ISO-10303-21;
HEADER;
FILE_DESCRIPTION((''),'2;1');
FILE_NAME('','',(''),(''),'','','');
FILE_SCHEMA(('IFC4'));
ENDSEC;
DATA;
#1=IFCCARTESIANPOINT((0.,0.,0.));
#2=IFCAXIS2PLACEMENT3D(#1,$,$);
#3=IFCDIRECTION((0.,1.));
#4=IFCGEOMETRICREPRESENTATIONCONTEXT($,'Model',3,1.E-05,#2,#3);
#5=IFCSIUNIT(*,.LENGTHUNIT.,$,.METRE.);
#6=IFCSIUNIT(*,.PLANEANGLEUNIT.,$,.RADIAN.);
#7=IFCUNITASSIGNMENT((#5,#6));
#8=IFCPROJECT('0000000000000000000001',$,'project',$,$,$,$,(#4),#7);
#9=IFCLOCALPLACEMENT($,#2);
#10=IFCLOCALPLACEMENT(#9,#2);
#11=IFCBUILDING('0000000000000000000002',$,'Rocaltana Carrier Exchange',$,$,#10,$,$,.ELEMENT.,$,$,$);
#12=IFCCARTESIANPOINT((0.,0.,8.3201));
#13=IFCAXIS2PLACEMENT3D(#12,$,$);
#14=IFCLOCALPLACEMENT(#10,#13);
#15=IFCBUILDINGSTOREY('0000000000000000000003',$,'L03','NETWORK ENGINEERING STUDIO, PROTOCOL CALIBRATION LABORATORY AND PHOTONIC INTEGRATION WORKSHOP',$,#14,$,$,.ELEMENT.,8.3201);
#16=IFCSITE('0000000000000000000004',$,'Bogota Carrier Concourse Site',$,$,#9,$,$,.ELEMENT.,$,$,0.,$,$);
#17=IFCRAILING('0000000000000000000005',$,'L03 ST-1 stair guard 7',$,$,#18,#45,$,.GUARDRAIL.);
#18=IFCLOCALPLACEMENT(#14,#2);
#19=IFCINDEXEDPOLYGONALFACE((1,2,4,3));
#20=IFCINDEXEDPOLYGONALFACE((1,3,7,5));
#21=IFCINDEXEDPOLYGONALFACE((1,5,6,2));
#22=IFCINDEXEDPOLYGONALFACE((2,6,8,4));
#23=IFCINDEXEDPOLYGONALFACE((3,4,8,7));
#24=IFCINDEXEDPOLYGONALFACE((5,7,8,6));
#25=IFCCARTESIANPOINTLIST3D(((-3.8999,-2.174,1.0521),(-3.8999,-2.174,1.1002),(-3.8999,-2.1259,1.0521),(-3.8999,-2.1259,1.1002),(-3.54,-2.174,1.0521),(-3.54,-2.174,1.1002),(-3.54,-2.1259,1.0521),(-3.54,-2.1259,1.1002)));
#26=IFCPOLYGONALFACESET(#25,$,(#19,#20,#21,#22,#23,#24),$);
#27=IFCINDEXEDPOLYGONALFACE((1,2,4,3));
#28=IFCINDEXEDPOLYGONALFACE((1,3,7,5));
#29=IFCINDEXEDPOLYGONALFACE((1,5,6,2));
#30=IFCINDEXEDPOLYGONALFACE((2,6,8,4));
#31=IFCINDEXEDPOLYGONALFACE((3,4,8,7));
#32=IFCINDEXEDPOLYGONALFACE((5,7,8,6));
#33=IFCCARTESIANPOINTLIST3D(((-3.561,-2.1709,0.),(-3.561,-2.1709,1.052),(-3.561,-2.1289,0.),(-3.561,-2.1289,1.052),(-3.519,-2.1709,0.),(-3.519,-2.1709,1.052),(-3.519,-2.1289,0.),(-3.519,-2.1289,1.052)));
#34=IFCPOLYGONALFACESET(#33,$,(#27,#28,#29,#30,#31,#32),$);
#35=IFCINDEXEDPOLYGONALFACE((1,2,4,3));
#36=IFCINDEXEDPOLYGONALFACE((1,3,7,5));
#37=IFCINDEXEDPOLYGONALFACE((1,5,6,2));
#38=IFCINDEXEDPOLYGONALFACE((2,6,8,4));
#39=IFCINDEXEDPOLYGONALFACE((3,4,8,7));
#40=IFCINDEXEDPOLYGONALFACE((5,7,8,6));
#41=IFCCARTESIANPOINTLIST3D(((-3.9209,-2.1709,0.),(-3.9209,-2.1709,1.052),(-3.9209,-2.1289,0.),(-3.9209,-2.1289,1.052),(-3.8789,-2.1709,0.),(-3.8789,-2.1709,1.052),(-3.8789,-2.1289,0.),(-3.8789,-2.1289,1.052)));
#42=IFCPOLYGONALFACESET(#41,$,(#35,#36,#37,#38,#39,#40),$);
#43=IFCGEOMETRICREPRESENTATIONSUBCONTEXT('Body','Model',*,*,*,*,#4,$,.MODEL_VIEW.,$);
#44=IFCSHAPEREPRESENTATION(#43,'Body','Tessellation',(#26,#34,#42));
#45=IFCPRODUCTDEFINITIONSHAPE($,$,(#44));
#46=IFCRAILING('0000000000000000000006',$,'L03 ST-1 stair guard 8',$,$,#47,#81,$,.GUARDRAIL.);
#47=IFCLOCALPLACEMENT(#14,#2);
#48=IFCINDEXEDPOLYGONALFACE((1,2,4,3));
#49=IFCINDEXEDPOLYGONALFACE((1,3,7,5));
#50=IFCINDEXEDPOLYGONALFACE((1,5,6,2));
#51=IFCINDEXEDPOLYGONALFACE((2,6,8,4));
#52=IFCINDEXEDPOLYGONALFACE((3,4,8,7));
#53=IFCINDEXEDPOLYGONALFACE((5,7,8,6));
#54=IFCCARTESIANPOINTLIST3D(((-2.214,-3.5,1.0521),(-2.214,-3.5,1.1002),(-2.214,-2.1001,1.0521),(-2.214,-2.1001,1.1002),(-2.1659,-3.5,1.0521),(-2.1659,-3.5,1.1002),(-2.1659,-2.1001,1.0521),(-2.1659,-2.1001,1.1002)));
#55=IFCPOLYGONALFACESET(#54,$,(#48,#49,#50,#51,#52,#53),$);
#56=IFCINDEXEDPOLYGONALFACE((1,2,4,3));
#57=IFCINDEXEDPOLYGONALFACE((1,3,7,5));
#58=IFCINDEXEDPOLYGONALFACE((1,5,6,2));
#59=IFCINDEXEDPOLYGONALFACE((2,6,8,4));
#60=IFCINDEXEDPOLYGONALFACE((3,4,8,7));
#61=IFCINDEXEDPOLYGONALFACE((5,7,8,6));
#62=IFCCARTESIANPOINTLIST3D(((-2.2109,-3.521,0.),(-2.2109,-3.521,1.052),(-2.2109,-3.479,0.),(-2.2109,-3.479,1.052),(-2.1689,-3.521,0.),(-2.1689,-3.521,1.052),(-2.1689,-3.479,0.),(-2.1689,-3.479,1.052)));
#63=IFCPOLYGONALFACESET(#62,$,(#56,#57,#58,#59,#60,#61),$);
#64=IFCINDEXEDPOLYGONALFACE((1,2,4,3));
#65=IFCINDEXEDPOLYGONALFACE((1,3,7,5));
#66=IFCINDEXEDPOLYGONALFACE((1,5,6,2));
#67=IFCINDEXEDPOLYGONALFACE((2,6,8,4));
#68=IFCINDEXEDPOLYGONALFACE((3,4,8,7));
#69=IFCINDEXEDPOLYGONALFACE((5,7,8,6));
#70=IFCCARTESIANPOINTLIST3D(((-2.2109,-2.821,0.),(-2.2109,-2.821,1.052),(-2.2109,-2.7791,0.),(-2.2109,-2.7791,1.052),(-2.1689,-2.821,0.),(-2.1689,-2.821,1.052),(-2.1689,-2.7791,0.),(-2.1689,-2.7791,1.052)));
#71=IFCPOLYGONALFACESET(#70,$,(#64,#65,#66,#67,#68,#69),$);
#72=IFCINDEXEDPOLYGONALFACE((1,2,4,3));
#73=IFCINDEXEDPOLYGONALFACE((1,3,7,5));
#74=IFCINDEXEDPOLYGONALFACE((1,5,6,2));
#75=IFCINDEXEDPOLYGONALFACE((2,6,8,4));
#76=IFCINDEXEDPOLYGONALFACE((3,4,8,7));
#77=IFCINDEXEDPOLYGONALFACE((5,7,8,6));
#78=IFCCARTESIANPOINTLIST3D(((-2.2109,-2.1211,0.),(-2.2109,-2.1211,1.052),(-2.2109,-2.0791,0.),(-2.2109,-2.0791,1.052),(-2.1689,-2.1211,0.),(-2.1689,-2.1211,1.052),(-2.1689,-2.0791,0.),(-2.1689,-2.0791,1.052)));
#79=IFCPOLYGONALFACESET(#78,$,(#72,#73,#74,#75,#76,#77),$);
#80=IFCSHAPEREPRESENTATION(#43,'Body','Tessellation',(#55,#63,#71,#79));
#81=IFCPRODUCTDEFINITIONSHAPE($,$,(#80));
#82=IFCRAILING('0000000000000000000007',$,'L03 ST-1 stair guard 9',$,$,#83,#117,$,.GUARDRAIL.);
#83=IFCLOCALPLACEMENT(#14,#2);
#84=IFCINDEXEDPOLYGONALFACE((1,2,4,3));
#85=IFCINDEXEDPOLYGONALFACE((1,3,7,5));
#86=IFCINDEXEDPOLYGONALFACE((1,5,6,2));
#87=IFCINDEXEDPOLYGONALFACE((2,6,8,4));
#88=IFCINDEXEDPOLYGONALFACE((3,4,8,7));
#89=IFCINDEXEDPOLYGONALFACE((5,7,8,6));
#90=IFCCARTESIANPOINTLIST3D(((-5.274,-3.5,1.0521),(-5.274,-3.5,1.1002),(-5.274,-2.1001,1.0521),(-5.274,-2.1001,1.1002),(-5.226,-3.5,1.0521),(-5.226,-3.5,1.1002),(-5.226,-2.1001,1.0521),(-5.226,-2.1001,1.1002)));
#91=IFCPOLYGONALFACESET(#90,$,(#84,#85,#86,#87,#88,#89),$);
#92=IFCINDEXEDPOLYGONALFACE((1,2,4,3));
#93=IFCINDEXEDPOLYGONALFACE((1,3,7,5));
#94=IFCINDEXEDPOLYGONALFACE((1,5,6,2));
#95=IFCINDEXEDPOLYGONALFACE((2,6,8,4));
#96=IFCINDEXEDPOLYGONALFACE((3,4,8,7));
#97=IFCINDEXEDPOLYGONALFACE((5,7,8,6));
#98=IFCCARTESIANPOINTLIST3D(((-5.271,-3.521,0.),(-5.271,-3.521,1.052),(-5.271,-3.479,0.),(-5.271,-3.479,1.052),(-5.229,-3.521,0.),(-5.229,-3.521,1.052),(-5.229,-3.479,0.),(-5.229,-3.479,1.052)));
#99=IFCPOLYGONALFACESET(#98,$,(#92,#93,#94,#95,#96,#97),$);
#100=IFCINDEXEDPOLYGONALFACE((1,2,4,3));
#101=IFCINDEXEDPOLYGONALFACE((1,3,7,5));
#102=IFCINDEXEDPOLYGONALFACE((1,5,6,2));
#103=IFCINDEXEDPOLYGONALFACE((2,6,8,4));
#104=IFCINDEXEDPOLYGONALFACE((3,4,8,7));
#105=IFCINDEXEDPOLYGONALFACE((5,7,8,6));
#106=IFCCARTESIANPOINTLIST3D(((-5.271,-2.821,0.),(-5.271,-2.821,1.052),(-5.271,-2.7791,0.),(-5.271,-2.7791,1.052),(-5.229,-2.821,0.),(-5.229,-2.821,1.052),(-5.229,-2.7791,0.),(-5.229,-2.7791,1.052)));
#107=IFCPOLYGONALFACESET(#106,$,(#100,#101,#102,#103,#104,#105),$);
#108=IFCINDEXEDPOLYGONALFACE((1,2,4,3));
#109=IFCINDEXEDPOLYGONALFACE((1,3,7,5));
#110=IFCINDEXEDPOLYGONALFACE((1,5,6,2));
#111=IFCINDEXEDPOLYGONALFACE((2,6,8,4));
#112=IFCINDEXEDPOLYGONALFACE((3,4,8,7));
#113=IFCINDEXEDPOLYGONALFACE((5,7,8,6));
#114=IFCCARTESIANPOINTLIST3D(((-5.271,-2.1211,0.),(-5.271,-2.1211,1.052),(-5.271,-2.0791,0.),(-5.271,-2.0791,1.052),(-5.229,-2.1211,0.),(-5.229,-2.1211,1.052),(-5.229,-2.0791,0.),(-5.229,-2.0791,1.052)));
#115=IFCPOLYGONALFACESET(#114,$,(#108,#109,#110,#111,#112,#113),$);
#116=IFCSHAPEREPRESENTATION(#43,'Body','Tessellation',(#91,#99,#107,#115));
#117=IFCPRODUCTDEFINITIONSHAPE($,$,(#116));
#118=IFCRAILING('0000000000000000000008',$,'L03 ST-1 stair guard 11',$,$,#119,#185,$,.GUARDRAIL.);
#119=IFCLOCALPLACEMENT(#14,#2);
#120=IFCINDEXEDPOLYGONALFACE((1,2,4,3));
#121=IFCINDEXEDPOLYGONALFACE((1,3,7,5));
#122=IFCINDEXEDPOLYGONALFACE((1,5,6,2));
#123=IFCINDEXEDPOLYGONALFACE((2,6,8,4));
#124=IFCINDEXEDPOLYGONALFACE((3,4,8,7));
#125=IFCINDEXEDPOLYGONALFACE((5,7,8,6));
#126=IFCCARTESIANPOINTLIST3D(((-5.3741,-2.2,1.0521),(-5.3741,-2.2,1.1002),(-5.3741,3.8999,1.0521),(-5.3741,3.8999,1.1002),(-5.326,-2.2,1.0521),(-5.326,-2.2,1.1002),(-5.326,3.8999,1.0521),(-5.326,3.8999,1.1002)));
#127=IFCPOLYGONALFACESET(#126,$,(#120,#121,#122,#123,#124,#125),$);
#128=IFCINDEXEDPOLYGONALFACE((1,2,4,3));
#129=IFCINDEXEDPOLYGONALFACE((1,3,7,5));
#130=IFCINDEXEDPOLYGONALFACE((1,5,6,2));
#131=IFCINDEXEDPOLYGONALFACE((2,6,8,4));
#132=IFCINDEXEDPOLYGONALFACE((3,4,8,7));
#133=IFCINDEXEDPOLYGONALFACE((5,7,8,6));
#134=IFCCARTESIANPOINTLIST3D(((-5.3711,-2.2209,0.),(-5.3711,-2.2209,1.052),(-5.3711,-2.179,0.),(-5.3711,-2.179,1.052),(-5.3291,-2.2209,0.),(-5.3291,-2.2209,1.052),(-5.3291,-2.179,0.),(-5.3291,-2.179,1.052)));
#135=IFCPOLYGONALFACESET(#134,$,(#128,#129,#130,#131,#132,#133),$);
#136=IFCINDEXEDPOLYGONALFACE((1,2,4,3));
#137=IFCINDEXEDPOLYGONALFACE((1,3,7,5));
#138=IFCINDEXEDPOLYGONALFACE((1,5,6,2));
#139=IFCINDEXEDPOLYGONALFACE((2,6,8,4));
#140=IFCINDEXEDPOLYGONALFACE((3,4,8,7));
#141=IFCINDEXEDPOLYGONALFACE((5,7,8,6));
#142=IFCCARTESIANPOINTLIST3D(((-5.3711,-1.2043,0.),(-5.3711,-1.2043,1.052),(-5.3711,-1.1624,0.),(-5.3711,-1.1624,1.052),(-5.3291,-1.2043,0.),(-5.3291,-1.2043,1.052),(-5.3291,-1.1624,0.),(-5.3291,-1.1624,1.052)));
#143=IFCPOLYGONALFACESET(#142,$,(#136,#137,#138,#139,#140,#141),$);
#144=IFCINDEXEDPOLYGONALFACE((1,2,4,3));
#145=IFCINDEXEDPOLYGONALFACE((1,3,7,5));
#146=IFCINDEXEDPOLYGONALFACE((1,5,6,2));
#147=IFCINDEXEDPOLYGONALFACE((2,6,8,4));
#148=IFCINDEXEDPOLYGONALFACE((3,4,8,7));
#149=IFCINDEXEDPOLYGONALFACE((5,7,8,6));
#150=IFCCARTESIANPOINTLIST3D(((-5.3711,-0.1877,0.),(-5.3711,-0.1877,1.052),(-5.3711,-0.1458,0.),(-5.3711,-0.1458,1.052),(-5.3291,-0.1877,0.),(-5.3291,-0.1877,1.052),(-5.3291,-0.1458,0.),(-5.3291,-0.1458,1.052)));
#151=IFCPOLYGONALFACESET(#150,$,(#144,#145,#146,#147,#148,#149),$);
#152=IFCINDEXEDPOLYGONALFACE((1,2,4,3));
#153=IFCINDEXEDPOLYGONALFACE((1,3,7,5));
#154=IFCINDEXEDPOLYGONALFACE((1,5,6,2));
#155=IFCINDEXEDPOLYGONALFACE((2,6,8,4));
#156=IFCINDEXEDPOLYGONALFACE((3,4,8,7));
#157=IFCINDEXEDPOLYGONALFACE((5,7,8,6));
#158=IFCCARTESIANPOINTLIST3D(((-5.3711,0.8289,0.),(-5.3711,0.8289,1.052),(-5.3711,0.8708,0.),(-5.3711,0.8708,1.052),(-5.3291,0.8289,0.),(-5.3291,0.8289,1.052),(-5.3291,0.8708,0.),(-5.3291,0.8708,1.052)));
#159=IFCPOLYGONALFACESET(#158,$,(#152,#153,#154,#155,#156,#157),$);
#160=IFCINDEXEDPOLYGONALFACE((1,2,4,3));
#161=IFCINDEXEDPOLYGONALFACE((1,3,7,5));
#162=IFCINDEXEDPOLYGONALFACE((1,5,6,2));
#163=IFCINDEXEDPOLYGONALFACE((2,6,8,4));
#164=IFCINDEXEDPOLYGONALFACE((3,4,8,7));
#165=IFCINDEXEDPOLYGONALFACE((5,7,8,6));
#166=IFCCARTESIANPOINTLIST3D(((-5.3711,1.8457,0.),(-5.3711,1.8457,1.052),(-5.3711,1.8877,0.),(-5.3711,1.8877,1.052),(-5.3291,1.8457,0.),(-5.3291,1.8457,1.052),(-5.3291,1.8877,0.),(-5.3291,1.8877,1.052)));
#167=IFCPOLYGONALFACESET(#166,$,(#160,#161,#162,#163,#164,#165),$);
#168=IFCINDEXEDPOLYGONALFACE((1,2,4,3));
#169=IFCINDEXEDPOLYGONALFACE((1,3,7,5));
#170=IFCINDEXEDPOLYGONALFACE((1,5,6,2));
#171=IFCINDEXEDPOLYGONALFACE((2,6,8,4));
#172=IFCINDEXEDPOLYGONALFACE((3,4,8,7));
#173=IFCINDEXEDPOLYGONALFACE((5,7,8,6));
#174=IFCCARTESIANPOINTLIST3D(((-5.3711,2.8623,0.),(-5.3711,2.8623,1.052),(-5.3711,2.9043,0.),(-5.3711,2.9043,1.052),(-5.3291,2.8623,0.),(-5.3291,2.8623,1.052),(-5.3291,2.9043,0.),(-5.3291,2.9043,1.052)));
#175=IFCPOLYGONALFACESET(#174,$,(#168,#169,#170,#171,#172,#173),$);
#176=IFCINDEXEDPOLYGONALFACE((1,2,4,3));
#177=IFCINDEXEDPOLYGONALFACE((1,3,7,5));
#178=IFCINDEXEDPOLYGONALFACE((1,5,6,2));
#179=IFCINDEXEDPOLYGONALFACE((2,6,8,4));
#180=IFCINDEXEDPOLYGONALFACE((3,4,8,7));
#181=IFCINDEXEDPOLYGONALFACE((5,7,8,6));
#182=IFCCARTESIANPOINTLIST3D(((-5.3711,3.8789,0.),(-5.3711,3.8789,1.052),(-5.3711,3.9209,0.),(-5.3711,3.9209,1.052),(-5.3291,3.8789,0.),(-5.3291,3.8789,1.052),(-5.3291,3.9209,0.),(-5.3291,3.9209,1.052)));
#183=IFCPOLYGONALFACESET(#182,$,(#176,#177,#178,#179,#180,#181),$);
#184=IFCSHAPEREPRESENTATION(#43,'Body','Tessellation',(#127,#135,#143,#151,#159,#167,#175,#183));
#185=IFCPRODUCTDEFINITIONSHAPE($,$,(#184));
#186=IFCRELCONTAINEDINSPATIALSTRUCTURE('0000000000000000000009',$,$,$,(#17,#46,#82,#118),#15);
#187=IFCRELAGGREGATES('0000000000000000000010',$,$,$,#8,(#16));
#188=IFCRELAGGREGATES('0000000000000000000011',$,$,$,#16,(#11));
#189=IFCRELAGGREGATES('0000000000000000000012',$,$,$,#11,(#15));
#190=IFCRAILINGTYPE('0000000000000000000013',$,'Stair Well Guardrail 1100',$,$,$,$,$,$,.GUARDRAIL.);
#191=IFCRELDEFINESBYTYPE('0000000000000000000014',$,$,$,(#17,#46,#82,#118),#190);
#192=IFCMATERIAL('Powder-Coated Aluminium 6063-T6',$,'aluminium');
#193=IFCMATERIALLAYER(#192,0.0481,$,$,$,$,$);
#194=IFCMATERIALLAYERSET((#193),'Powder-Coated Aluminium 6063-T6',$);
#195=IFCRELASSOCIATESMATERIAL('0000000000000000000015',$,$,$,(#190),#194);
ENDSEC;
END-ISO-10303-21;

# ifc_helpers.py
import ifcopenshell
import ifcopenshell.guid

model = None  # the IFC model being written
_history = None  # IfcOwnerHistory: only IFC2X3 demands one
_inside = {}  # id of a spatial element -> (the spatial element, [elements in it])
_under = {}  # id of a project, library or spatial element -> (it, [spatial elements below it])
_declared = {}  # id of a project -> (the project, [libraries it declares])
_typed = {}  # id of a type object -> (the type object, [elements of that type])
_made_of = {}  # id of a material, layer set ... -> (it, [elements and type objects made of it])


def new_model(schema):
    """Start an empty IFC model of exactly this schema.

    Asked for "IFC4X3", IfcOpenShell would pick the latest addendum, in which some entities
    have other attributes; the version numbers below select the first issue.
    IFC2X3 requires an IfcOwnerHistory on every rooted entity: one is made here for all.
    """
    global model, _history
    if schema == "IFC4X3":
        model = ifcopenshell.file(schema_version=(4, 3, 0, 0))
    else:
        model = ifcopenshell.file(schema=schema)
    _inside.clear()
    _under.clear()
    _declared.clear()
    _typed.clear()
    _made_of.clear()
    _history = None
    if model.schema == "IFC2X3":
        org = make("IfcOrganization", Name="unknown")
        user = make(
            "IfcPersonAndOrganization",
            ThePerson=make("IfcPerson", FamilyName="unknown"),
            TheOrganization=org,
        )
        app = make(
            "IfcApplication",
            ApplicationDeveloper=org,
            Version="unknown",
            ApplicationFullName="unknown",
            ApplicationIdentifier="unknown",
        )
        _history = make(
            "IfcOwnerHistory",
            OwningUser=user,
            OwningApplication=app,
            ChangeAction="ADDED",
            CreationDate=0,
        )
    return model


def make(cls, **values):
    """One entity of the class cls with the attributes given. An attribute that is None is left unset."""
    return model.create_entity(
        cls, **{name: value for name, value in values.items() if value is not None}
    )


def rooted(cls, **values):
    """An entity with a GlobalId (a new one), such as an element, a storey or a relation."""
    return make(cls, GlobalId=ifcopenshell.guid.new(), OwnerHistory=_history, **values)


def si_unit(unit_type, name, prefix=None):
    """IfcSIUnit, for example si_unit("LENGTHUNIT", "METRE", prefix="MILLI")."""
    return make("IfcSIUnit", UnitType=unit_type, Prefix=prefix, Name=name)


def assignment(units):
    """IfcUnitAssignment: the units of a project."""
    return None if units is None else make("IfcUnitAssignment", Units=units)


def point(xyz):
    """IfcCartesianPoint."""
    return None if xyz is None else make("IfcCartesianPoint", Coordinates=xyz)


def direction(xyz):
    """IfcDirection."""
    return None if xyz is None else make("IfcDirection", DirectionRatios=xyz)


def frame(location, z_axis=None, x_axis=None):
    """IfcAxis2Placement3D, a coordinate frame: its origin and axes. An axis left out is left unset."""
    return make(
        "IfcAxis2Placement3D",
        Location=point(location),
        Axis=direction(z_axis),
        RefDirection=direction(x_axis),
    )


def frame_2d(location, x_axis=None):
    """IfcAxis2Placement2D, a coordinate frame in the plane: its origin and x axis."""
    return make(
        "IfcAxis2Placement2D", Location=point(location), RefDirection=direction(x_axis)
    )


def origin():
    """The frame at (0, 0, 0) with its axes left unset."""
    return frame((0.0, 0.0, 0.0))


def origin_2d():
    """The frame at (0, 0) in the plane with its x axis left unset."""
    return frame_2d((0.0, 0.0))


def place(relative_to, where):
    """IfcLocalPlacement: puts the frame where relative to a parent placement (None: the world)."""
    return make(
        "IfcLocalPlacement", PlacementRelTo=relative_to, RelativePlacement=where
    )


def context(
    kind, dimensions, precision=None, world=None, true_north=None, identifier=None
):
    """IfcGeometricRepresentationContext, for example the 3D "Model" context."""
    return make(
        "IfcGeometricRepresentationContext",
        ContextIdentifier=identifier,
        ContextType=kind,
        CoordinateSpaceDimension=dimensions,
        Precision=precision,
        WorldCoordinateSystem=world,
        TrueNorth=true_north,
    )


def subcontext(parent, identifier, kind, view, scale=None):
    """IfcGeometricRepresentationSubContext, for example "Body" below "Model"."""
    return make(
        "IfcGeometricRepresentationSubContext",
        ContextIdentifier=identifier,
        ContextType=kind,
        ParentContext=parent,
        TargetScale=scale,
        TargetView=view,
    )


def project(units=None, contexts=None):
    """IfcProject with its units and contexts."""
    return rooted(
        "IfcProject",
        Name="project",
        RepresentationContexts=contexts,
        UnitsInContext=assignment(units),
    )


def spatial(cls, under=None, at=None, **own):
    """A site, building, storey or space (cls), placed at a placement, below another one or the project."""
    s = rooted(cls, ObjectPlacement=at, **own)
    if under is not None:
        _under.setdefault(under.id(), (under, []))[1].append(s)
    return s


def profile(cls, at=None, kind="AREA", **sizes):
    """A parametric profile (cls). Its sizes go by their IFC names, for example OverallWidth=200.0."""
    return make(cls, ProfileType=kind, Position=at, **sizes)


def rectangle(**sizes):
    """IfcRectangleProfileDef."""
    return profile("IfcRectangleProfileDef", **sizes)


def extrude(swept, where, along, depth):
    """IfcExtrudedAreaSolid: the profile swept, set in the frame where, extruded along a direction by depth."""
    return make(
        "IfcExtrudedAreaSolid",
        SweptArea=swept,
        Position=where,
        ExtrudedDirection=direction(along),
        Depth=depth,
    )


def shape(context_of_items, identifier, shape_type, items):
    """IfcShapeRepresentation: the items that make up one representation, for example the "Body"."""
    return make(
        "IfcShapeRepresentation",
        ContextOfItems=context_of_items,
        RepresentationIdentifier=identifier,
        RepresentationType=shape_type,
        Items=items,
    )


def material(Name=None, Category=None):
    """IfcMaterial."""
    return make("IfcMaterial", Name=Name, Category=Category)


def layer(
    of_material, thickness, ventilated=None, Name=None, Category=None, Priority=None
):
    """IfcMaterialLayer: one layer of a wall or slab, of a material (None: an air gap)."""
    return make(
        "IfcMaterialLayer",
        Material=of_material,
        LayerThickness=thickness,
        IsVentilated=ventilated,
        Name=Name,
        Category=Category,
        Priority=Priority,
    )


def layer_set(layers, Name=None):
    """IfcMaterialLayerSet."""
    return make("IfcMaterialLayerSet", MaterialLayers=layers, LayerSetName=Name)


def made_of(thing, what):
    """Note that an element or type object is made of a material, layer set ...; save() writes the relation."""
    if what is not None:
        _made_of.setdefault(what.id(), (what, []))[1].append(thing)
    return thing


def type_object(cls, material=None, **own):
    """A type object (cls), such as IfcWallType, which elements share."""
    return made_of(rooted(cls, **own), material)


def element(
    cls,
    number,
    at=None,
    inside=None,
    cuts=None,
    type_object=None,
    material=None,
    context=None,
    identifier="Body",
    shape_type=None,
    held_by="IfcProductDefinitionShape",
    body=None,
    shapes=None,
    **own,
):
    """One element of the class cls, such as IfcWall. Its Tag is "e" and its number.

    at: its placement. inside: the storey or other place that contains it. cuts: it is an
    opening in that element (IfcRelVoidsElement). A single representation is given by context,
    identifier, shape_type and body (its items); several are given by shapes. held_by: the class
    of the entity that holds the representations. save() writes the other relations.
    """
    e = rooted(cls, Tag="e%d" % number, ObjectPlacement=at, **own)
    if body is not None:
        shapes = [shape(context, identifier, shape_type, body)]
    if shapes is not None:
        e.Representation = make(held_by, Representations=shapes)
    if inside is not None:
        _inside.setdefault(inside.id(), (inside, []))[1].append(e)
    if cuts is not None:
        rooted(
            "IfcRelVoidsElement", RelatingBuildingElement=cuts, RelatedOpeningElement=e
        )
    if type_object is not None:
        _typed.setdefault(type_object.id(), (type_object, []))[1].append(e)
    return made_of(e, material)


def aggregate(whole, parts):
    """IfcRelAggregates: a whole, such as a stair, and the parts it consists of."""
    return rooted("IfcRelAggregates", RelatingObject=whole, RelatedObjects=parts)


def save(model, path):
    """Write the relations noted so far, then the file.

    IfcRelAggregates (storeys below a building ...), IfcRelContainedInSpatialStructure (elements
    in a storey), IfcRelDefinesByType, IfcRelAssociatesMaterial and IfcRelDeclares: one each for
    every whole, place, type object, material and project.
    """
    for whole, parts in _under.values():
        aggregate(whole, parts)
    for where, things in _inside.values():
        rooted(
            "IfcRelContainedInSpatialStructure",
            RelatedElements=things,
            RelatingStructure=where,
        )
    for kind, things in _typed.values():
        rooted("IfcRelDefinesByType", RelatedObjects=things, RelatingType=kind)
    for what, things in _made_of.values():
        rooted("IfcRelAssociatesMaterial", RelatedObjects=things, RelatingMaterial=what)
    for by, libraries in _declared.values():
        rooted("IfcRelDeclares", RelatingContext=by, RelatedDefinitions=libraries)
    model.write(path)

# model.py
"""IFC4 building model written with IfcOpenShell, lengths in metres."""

from ifc_helpers import new_model, si_unit, direction, frame, origin, origin_2d, place, context, subcontext, project, spatial, rectangle, extrude, material, layer, layer_set, type_object, element, save


model = new_model("IFC4")

# Units and contexts
model_context = context("Model", 3, precision=1e-05, world=origin(), true_north=direction((0.0, 1.0)))
body_context = subcontext(model_context, "Body", "Model", "MODEL_VIEW")
ifc_project = project(units=[si_unit("LENGTHUNIT", "METRE"), si_unit("PLANEANGLEUNIT", "RADIAN")], contexts=[model_context])

# Site, building, storey
site_placement = place(None, origin())
site = spatial("IfcSite", under=ifc_project, at=site_placement, Name="Bogota Carrier Concourse Site", CompositionType="ELEMENT", RefElevation=0.0)
building_placement = place(site_placement, origin())
building = spatial("IfcBuilding", under=site, at=building_placement, Name="Rocaltana Carrier Exchange", CompositionType="ELEMENT")
storey_placement = place(building_placement, frame((0.0, 0.0, 8.3201)))
storey = spatial("IfcBuildingStorey", under=building, at=storey_placement, Name="L03", Description="NETWORK ENGINEERING STUDIO, PROTOCOL CALIBRATION LABORATORY AND PHOTONIC INTEGRATION WORKSHOP", CompositionType="ELEMENT", Elevation=8.3201)

# Railings
ifc_material_1 = material(Name="Powder-Coated Aluminium 6063-T6", Category="aluminium")
ifc_layer_1 = layer(ifc_material_1, 0.0481)
ifc_layer_set_1 = layer_set([ifc_layer_1], Name="Powder-Coated Aluminium 6063-T6")
railing_type_1 = type_object("IfcRailingType", Name="Stair Well Guardrail 1100", PredefinedType="GUARDRAIL", material=ifc_layer_set_1)
railing_1_placement = place(storey_placement, frame((-3.54, -2.1499, 0.0)))
element("IfcRailing", 1, at=railing_1_placement, inside=storey, type_object=railing_type_1, Name="L03 ST-1 stair guard 7", PredefinedType="GUARDRAIL", context=body_context, shape_type="SweptSolid", body=[
    extrude(rectangle(XDim=0.0481, YDim=0.0481, at=origin_2d()), frame((0.0, 0.0, 1.0762), z_axis=(-1.0, 0.0, 0.0), x_axis=(0.0, -1.0, 0.0)), (0.0, 0.0, 1.0), 0.3599),
    extrude(rectangle(XDim=0.042, YDim=0.042, at=origin_2d()), origin(), (0.0, 0.0, 1.0), 1.052),
    extrude(rectangle(XDim=0.042, YDim=0.042, at=origin_2d()), frame((-0.3599, 0.0, 0.0)), (0.0, 0.0, 1.0), 1.052),
])
for number, where, name in (
    (2, (-2.1899, -3.5, 0.0), "L03 ST-1 stair guard 8"),
    (3, (-5.25, -3.5, 0.0), "L03 ST-1 stair guard 9"),
):
    element("IfcRailing", number, at=place(storey_placement, frame(where)), inside=storey, type_object=railing_type_1, Name=name, PredefinedType="GUARDRAIL", context=body_context, shape_type="SweptSolid", body=[
        extrude(rectangle(XDim=0.0481, YDim=0.0481, at=origin_2d()), frame((0.0, 0.0, 1.0762), z_axis=(0.0, 1.0, 0.0), x_axis=(-1.0, 0.0, 0.0)), (0.0, 0.0, 1.0), 1.3999),
        extrude(rectangle(XDim=0.042, YDim=0.042, at=origin_2d()), origin(), (0.0, 0.0, 1.0), 1.052),
        extrude(rectangle(XDim=0.042, YDim=0.042, at=origin_2d()), frame((0.0, 0.7, 0.0)), (0.0, 0.0, 1.0), 1.052),
        extrude(rectangle(XDim=0.042, YDim=0.042, at=origin_2d()), frame((0.0, 1.3999, 0.0)), (0.0, 0.0, 1.0), 1.052),
    ])
railing_2_placement = place(storey_placement, frame((-5.3501, -2.2, 0.0)))
element("IfcRailing", 4, at=railing_2_placement, inside=storey, type_object=railing_type_1, Name="L03 ST-1 stair guard 11", PredefinedType="GUARDRAIL", context=body_context, shape_type="SweptSolid", body=[
    extrude(rectangle(XDim=0.0481, YDim=0.0481, at=origin_2d()), frame((0.0, 0.0, 1.0762), z_axis=(0.0, 1.0, 0.0), x_axis=(-1.0, 0.0, 0.0)), (0.0, 0.0, 1.0), 6.0999),
    extrude(rectangle(XDim=0.042, YDim=0.042, at=origin_2d()), origin(), (0.0, 0.0, 1.0), 1.052),
    extrude(rectangle(XDim=0.042, YDim=0.042, at=origin_2d()), frame((0.0, 1.0166, 0.0)), (0.0, 0.0, 1.0), 1.052),
    extrude(rectangle(XDim=0.042, YDim=0.042, at=origin_2d()), frame((0.0, 2.0332, 0.0)), (0.0, 0.0, 1.0), 1.052),
    extrude(rectangle(XDim=0.042, YDim=0.042, at=origin_2d()), frame((0.0, 3.0498, 0.0)), (0.0, 0.0, 1.0), 1.052),
    extrude(rectangle(XDim=0.042, YDim=0.042, at=origin_2d()), frame((0.0, 4.0667, 0.0)), (0.0, 0.0, 1.0), 1.052),
    extrude(rectangle(XDim=0.042, YDim=0.042, at=origin_2d()), frame((0.0, 5.0833, 0.0)), (0.0, 0.0, 1.0), 1.052),
    extrude(rectangle(XDim=0.042, YDim=0.042, at=origin_2d()), frame((0.0, 6.0999, 0.0)), (0.0, 0.0, 1.0), 1.052),
])

save(model, "model.ifc")
